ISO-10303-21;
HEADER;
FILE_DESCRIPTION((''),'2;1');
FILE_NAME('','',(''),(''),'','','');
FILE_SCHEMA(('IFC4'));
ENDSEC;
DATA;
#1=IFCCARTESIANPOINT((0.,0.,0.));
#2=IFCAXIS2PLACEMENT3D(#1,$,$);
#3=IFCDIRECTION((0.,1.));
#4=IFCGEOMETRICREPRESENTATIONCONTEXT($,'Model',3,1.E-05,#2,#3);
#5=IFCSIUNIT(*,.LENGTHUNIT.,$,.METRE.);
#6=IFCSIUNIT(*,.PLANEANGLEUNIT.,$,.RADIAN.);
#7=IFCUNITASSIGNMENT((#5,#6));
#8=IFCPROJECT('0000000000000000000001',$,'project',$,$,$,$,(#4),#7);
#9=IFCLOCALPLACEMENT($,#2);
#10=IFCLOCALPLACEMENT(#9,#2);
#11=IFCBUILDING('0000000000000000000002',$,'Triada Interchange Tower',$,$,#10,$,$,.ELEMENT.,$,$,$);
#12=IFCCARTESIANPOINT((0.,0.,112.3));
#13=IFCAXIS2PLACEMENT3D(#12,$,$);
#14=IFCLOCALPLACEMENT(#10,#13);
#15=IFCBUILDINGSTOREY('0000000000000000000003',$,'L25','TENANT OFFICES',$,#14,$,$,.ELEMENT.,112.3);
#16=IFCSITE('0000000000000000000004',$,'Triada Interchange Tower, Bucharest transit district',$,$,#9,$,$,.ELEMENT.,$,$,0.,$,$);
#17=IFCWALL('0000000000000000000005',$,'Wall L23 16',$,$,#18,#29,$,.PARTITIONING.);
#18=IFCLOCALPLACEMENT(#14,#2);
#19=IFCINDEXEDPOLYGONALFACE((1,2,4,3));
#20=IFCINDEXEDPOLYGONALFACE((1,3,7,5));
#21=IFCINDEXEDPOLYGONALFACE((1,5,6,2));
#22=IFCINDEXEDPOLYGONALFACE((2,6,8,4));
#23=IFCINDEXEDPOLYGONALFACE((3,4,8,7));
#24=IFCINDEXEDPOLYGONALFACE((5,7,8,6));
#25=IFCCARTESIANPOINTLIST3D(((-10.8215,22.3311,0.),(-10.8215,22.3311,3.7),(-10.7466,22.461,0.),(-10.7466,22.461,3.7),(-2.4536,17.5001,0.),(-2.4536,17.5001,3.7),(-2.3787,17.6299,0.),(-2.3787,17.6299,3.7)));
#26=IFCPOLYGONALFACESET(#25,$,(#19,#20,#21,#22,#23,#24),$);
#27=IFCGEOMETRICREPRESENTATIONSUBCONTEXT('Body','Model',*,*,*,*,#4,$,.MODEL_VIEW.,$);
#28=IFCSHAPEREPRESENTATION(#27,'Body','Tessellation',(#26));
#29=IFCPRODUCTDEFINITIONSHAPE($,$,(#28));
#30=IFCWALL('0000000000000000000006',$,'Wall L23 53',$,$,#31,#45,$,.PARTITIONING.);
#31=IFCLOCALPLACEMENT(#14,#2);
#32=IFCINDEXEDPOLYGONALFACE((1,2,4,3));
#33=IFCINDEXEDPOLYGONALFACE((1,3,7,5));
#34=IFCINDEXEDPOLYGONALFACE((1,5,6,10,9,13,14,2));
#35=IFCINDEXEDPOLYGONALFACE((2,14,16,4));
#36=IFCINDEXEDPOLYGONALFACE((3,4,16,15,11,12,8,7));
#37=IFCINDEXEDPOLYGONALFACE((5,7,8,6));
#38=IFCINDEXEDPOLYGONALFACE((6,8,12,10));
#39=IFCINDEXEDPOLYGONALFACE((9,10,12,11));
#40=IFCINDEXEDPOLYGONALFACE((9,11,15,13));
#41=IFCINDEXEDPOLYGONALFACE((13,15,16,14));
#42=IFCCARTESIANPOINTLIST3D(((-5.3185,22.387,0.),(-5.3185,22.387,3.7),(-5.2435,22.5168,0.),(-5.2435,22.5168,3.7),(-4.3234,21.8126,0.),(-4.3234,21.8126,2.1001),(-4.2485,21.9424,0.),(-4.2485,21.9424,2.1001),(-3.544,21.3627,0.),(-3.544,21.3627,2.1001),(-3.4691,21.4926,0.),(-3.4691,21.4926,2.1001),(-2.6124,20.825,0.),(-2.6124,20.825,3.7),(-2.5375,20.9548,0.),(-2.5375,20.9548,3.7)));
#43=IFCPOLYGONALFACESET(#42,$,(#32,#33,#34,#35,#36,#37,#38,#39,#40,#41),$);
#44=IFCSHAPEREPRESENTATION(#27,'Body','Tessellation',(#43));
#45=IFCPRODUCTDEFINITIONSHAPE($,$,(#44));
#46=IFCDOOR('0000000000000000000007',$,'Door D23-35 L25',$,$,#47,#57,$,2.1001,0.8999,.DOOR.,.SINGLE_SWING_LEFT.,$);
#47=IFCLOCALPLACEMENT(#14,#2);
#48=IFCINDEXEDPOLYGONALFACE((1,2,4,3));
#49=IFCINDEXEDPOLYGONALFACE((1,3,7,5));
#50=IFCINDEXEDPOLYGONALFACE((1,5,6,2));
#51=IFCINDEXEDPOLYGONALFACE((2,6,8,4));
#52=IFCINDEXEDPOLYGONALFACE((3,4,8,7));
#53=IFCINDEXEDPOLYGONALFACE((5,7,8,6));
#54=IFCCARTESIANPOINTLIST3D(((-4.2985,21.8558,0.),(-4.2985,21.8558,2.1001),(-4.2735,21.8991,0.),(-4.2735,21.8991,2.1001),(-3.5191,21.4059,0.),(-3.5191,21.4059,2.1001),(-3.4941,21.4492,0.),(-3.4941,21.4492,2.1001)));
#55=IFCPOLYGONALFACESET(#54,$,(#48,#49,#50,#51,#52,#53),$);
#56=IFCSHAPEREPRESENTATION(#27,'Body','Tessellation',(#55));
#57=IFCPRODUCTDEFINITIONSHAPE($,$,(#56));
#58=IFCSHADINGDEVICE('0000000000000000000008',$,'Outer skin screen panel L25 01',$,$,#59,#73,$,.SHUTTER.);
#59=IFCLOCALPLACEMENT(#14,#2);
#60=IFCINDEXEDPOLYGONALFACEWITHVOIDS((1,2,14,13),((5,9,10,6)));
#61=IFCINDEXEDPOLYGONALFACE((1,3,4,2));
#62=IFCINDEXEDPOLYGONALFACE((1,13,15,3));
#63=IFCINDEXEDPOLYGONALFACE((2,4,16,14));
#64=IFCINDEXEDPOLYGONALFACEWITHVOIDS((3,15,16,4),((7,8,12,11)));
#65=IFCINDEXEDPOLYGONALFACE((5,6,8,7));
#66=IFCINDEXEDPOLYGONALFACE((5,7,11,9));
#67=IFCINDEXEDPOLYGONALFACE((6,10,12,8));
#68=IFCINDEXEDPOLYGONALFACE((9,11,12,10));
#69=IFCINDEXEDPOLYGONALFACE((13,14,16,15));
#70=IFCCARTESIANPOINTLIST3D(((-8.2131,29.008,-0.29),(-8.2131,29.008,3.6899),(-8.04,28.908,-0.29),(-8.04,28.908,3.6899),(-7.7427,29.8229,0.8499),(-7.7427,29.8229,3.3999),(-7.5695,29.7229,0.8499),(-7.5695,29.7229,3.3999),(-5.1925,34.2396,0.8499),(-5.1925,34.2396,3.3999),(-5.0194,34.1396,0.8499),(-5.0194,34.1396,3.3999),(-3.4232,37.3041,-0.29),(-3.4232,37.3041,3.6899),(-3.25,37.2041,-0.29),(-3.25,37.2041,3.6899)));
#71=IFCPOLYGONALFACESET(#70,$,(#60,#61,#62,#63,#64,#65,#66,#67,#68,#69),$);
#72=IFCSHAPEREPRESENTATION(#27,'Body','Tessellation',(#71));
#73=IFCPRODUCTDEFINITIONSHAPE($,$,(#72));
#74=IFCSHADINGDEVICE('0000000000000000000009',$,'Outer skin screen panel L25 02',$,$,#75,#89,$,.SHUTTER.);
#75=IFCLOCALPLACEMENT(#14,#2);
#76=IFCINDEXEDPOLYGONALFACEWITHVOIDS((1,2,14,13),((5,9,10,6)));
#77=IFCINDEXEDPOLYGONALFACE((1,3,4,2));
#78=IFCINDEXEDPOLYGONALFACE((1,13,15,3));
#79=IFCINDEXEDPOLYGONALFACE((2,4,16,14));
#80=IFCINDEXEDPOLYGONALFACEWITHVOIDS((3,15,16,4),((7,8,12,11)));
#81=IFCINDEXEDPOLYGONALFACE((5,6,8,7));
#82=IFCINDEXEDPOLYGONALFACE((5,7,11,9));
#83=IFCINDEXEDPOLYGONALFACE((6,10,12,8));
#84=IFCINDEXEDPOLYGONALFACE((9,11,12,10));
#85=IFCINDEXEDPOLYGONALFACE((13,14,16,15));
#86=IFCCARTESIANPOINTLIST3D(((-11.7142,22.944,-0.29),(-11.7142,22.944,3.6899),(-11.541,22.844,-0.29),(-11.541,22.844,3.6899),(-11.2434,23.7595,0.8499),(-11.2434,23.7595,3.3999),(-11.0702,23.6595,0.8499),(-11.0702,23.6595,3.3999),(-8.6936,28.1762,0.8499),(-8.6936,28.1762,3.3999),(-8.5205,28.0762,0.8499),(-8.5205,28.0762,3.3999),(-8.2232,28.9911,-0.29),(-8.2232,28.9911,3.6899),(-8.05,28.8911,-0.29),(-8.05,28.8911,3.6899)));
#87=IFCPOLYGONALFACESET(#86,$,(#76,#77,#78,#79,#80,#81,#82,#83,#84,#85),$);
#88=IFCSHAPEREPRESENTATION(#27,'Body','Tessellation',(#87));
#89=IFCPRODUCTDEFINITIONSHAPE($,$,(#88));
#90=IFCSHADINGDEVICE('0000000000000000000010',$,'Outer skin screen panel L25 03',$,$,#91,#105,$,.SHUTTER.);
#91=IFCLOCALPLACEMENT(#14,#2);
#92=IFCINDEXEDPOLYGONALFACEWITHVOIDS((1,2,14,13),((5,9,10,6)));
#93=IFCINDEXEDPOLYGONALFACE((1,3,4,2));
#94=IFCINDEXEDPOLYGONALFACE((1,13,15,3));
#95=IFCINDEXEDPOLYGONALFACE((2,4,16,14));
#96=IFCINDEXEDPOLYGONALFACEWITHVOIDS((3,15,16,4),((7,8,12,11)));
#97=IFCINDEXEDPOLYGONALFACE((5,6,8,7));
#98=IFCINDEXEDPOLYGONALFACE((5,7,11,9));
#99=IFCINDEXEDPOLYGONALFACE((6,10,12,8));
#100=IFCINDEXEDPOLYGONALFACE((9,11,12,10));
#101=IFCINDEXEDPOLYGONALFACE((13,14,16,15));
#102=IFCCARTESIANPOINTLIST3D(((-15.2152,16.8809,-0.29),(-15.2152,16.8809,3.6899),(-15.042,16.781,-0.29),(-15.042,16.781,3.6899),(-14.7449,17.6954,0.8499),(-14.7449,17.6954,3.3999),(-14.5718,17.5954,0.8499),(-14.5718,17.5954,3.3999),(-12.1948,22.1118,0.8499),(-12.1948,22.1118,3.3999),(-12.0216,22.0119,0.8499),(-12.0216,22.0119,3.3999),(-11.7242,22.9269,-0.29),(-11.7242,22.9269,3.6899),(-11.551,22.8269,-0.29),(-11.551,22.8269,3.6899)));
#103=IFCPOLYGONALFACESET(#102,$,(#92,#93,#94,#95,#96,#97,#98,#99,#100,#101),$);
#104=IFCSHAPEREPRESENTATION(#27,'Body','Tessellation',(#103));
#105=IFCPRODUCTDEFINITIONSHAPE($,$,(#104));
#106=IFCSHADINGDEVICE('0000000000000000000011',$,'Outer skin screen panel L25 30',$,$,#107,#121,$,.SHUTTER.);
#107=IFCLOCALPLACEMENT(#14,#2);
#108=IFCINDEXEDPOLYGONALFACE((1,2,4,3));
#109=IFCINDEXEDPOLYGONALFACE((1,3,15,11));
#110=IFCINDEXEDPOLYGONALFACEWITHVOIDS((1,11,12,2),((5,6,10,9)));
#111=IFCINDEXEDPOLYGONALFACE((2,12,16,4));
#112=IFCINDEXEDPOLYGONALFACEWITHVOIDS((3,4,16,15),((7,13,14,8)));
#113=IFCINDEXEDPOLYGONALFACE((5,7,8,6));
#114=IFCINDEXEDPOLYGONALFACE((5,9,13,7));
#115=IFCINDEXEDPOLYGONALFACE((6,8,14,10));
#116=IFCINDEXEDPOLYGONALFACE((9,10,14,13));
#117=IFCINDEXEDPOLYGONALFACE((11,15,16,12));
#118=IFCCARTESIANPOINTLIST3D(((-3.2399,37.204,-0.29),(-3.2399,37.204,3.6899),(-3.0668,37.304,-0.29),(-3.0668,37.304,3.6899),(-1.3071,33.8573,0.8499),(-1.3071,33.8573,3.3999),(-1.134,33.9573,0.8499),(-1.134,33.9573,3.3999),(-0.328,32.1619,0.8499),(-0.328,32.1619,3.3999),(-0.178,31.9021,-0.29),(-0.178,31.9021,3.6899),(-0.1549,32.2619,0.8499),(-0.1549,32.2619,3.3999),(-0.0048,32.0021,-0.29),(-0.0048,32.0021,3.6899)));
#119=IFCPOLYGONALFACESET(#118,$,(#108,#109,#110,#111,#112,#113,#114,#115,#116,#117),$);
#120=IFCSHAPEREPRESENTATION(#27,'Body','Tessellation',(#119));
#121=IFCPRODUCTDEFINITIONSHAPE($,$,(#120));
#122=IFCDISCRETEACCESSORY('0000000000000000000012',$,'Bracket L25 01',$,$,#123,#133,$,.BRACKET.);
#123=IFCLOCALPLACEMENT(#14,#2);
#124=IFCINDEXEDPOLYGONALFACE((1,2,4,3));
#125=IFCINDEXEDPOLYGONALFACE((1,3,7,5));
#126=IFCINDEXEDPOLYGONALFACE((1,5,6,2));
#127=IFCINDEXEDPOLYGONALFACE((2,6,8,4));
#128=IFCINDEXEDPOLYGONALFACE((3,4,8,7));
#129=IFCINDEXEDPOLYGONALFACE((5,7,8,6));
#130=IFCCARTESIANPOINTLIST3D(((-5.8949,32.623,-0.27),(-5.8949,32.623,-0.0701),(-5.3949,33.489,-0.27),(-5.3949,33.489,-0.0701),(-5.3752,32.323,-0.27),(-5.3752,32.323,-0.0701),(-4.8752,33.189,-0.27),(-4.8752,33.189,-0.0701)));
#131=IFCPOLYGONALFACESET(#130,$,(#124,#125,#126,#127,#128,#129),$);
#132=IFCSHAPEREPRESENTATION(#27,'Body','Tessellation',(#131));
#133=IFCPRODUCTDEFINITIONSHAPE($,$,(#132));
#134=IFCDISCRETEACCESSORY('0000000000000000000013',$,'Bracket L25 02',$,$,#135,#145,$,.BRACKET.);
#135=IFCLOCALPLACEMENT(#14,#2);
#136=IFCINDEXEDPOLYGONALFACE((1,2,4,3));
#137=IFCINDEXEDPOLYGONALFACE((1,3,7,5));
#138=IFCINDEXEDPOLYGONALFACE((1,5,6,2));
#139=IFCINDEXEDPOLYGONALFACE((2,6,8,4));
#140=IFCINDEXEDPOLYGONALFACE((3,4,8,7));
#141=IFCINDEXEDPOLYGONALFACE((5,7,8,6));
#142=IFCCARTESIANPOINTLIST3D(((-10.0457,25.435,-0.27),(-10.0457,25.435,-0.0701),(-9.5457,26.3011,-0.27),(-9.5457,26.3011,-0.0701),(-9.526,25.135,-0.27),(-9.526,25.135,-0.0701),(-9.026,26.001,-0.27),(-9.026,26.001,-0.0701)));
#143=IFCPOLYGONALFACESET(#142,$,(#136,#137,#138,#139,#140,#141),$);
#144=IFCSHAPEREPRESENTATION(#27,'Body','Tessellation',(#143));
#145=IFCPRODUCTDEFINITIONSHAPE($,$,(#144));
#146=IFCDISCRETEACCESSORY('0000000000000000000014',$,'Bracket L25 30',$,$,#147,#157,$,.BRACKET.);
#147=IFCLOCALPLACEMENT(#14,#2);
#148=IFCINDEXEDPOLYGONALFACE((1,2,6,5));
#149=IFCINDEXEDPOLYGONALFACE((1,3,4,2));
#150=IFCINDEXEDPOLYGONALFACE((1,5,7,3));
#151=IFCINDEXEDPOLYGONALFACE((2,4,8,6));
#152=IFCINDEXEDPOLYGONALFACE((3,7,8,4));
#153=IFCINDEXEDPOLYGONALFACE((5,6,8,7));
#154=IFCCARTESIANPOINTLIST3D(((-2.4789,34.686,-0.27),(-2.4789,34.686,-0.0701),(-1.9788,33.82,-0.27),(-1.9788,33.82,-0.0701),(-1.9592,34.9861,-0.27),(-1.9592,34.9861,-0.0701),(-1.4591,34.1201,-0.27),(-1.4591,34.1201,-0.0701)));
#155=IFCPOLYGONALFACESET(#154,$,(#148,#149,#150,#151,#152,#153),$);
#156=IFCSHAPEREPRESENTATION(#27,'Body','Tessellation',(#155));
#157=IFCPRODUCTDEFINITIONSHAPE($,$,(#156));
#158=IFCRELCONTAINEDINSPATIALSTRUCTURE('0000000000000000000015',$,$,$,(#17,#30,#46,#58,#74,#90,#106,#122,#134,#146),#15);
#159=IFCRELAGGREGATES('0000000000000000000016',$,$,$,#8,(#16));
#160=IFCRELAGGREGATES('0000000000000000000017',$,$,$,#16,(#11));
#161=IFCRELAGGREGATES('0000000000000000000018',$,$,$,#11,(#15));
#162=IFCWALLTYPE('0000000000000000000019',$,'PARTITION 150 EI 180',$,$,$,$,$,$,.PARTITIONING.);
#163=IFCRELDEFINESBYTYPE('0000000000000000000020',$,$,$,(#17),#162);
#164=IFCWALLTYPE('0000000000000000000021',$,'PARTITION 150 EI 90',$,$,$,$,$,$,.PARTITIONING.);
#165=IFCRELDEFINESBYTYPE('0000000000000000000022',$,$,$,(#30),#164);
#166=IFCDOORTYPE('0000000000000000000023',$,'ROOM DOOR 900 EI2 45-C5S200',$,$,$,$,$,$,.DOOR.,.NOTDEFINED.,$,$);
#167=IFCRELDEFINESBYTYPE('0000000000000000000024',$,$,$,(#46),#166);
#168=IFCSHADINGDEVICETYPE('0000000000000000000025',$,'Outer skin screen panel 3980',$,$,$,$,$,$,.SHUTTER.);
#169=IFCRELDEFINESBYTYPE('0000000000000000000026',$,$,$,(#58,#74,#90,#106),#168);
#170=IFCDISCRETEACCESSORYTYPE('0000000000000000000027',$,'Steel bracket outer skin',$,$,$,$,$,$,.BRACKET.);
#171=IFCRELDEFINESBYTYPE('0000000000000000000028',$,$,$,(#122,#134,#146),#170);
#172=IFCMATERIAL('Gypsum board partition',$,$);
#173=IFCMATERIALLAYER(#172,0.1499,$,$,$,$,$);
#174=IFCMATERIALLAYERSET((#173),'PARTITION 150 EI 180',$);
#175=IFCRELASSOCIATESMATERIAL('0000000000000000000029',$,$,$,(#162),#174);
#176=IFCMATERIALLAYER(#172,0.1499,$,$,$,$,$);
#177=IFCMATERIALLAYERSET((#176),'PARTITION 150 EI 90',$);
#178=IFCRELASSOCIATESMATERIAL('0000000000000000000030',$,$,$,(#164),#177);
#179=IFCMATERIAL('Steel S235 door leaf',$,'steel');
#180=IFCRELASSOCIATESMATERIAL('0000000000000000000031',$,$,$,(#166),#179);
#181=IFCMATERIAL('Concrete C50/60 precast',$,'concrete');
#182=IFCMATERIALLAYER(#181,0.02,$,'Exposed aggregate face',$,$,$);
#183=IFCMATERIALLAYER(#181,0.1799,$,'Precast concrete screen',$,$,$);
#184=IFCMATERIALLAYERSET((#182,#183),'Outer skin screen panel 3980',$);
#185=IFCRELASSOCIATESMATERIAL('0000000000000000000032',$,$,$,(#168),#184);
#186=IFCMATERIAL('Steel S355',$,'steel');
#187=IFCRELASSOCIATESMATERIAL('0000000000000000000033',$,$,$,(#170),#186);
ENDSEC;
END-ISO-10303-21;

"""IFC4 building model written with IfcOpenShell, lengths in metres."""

from ifc_helpers import new_model, si_unit, direction, frame, frame_2d, origin, origin_2d, place, context, subcontext, project, spatial, polyline, rectangle, outline, extrude, material, layer, layer_set, type_object, element, fill, save


model = new_model("IFC4")

# Units and contexts
model_context = context("Model", 3, precision=1e-05, world=origin(), true_north=direction((0.0, 1.0)))
body_context = subcontext(model_context, "Body", "Model", "MODEL_VIEW")
ifc_project = project(units=[si_unit("LENGTHUNIT", "METRE"), si_unit("PLANEANGLEUNIT", "RADIAN")], contexts=[model_context])

# Site, building, storey
site_placement = place(None, origin())
site = spatial("IfcSite", under=ifc_project, at=site_placement, Name="Triada Interchange Tower, Bucharest transit district", CompositionType="ELEMENT", RefElevation=0.0)
building_placement = place(site_placement, origin())
building = spatial("IfcBuilding", under=site, at=building_placement, Name="Triada Interchange Tower", CompositionType="ELEMENT")
storey_placement = place(building_placement, frame((0.0, 0.0, 112.3)))
storey = spatial("IfcBuildingStorey", under=building, at=storey_placement, Name="L25", Description="TENANT OFFICES", CompositionType="ELEMENT", Elevation=112.3)

# Wall
ifc_material_1 = material(Name="Gypsum board partition")
ifc_layer_1 = layer(ifc_material_1, 0.1499)
ifc_layer_set_1 = layer_set([ifc_layer_1], Name="PARTITION 150 EI 180")
wall_type_1 = type_object("IfcWallType", Name="PARTITION 150 EI 180", PredefinedType="PARTITIONING", material=ifc_layer_set_1)
wall_1_placement = place(storey_placement, frame((-10.7839, 22.396, 0.0), z_axis=(0.0, 0.0, 1.0), x_axis=(0.866033, -0.499987, 0.0)))
element("IfcWall", 1, at=wall_1_placement, inside=storey, type_object=wall_type_1, Name="Wall L23 16", PredefinedType="PARTITIONING", context=body_context, shape_type="SweptSolid", body=[
    extrude(rectangle(XDim=9.6624, YDim=0.1499, at=frame_2d((4.8311, 0.0))), origin(), (0.0, 0.0, 1.0), 3.7),
])

# Wall, opening, door
ifc_layer_2 = layer(ifc_material_1, 0.1499)
ifc_layer_set_2 = layer_set([ifc_layer_2], Name="PARTITION 150 EI 90")
wall_type_2 = type_object("IfcWallType", Name="PARTITION 150 EI 90", PredefinedType="PARTITIONING", material=ifc_layer_set_2)
wall_2_placement = place(storey_placement, frame((-5.281, 22.4519, 0.0), z_axis=(0.0, 0.0, 1.0), x_axis=(0.866071, -0.499921, 0.0)))
wall_2 = element("IfcWall", 2, at=wall_2_placement, inside=storey, type_object=wall_type_2, Name="Wall L23 53", PredefinedType="PARTITIONING", context=body_context, shape_type="SweptSolid", body=[
    extrude(rectangle(XDim=3.1245, YDim=0.1499, at=frame_2d((1.5623, 0.0))), origin(), (0.0, 0.0, 1.0), 3.7),
])
opening_1_placement = place(wall_2_placement, frame((1.1489, 0.0, 0.0)))
opening_1 = element("IfcOpeningElement", 3, at=opening_1_placement, cuts=wall_2, PredefinedType="OPENING", context=body_context, shape_type="SweptSolid", body=[
    extrude(rectangle(XDim=0.8999, YDim=2.1001, at=frame_2d((0.45, 1.05))), frame((0.0, 0.085, 0.0), z_axis=(0.0, -1.0, 0.0), x_axis=(1.0, 0.0, 0.0)), (0.0, 0.0, 1.0), 0.1699),
])
ifc_material_2 = material(Name="Steel S235 door leaf", Category="steel")
door_type = type_object("IfcDoorType", Name="ROOM DOOR 900 EI2 45-C5S200", OperationType="NOTDEFINED", PredefinedType="DOOR", material=ifc_material_2)
door_placement = place(opening_1_placement, origin())
door = element("IfcDoor", 4, at=door_placement, inside=storey, type_object=door_type, Name="Door D23-35 L25", OperationType="SINGLE_SWING_LEFT", OverallHeight=2.1001, OverallWidth=0.8999, PredefinedType="DOOR", context=body_context, shape_type="SweptSolid", body=[
    extrude(rectangle(XDim=0.8999, YDim=2.1001, at=frame_2d((0.45, 1.05))), frame((0.0, 0.0249, 0.0), z_axis=(0.0, -1.0, 0.0), x_axis=(1.0, 0.0, 0.0)), (0.0, 0.0, 1.0), 0.05),
])
fill(opening_1, door)

# Shading devices
ifc_material_3 = material(Name="Concrete C50/60 precast", Category="concrete")
ifc_layer_3 = layer(ifc_material_3, 0.02, Name="Exposed aggregate face")
ifc_layer_4 = layer(ifc_material_3, 0.1799, Name="Precast concrete screen")
ifc_layer_set_3 = layer_set([ifc_layer_3, ifc_layer_4], Name="Outer skin screen panel 3980")
shading_device_type = type_object("IfcShadingDeviceType", Name="Outer skin screen panel 3980", PredefinedType="SHUTTER", material=ifc_layer_set_3)
shading_device_1_placement = place(storey_placement, frame((-3.25, 37.2041, -0.29), z_axis=(0.0, 0.0, 1.0), x_axis=(-0.50002, -0.866014, 0.0)))
element("IfcShadingDevice", 5, at=shading_device_1_placement, inside=storey, type_object=shading_device_type, Name="Outer skin screen panel L25 01", PredefinedType="SHUTTER", context=body_context, shape_type="SweptSolid", body=[
    extrude(outline(polyline([(0.0, 0.0), (9.5796, 0.0), (9.5796, 3.98), (0.0, 3.98), (0.0, 0.0)]), holes=[polyline([(3.5386, 1.1399), (3.5386, 3.6899), (8.6387, 3.6899), (8.6387, 1.1399), (3.5386, 1.1399)])]), frame((0.0, 0.0, 0.0), z_axis=(0.0, -1.0, 0.0), x_axis=(1.0, 0.0, 0.0)), (0.0, 0.0, 1.0), 0.2),
])
shading_device_2_placement = place(storey_placement, frame((-8.05, 28.8911, -0.29), z_axis=(0.0, 0.0, 1.0), x_axis=(-0.499964, -0.866046, 0.0)))
element("IfcShadingDevice", 6, at=shading_device_2_placement, inside=storey, type_object=shading_device_type, Name="Outer skin screen panel L25 02", PredefinedType="SHUTTER", context=body_context, shape_type="SweptSolid", body=[
    extrude(outline(polyline([(0.0, 0.0), (6.9824, 0.0), (6.9824, 3.98), (0.0, 3.98), (0.0, 0.0)]), holes=[polyline([(0.9409, 1.1399), (0.9409, 3.6899), (6.0408, 3.6899), (6.0408, 1.1399), (0.9409, 1.1399)])]), frame((0.0, 0.0, 0.0), z_axis=(0.0, -1.0, 0.0), x_axis=(1.0, 0.0, 0.0)), (0.0, 0.0, 1.0), 0.2),
])
shading_device_3_placement = place(storey_placement, frame((-11.551, 22.8269, -0.29), z_axis=(0.0, 0.0, 1.0), x_axis=(-0.500039, -0.866003, 0.0)))
element("IfcShadingDevice", 7, at=shading_device_3_placement, inside=storey, type_object=shading_device_type, Name="Outer skin screen panel L25 03", PredefinedType="SHUTTER", context=body_context, shape_type="SweptSolid", body=[
    extrude(outline(polyline([(0.0, 0.0), (6.9814, 0.0), (6.9814, 3.98), (0.0, 3.98), (0.0, 0.0)]), holes=[polyline([(0.9412, 1.1399), (0.9412, 3.6899), (6.041, 3.6899), (6.041, 1.1399), (0.9412, 1.1399)])]), frame((0.0, 0.0, 0.0), z_axis=(0.0, -1.0, 0.0), x_axis=(1.0, 0.0, 0.0)), (0.0, 0.0, 1.0), 0.2),
])
shading_device_4_placement = place(storey_placement, frame((-0.178, 31.9021, -0.29), z_axis=(0.0, 0.0, 1.0), x_axis=(-0.50011, 0.865962, 0.0)))
element("IfcShadingDevice", 8, at=shading_device_4_placement, inside=storey, type_object=shading_device_type, Name="Outer skin screen panel L25 30", PredefinedType="SHUTTER", context=body_context, shape_type="SweptSolid", body=[
    extrude(outline(polyline([(0.0, 0.0), (6.1226, 0.0), (6.1226, 3.98), (0.0, 3.98), (0.0, 0.0)]), holes=[polyline([(0.3, 1.1399), (0.3, 3.6899), (2.2578, 3.6899), (2.2578, 1.1399), (0.3, 1.1399)])]), frame((0.0, 0.0, 0.0), z_axis=(0.0, -1.0, 0.0), x_axis=(1.0, 0.0, 0.0)), (0.0, 0.0, 1.0), 0.2),
])

# Discrete accessories
ifc_material_4 = material(Name="Steel S355", Category="steel")
discrete_accessory_type = type_object("IfcDiscreteAccessoryType", Name="Steel bracket outer skin", PredefinedType="BRACKET", material=ifc_material_4)
for number, where, z_axis, x_axis, name in (
    (9, (-5.385, 32.906, -0.27), (0.0, 0.0, 1.0), (-0.866022, 0.500006, 0.0), "Bracket L25 01"),
    (10, (-9.5359, 25.718, -0.27), (0.0, 0.0, 1.0), (-0.866022, 0.500006, 0.0), "Bracket L25 02"),
    (11, (-1.969, 34.4031, -0.27), (0.0, 0.0, 1.0), (0.866006, 0.500034, 0.0), "Bracket L25 30"),
):
    element("IfcDiscreteAccessory", number, at=place(storey_placement, frame(where, z_axis=z_axis, x_axis=x_axis)), inside=storey, type_object=discrete_accessory_type, Name=name, PredefinedType="BRACKET", context=body_context, shape_type="SweptSolid", body=[
        extrude(rectangle(XDim=0.6001, YDim=1.0, at=origin_2d()), origin(), (0.0, 0.0, 1.0), 0.2),
    ])

save(model, "model.ifc")
